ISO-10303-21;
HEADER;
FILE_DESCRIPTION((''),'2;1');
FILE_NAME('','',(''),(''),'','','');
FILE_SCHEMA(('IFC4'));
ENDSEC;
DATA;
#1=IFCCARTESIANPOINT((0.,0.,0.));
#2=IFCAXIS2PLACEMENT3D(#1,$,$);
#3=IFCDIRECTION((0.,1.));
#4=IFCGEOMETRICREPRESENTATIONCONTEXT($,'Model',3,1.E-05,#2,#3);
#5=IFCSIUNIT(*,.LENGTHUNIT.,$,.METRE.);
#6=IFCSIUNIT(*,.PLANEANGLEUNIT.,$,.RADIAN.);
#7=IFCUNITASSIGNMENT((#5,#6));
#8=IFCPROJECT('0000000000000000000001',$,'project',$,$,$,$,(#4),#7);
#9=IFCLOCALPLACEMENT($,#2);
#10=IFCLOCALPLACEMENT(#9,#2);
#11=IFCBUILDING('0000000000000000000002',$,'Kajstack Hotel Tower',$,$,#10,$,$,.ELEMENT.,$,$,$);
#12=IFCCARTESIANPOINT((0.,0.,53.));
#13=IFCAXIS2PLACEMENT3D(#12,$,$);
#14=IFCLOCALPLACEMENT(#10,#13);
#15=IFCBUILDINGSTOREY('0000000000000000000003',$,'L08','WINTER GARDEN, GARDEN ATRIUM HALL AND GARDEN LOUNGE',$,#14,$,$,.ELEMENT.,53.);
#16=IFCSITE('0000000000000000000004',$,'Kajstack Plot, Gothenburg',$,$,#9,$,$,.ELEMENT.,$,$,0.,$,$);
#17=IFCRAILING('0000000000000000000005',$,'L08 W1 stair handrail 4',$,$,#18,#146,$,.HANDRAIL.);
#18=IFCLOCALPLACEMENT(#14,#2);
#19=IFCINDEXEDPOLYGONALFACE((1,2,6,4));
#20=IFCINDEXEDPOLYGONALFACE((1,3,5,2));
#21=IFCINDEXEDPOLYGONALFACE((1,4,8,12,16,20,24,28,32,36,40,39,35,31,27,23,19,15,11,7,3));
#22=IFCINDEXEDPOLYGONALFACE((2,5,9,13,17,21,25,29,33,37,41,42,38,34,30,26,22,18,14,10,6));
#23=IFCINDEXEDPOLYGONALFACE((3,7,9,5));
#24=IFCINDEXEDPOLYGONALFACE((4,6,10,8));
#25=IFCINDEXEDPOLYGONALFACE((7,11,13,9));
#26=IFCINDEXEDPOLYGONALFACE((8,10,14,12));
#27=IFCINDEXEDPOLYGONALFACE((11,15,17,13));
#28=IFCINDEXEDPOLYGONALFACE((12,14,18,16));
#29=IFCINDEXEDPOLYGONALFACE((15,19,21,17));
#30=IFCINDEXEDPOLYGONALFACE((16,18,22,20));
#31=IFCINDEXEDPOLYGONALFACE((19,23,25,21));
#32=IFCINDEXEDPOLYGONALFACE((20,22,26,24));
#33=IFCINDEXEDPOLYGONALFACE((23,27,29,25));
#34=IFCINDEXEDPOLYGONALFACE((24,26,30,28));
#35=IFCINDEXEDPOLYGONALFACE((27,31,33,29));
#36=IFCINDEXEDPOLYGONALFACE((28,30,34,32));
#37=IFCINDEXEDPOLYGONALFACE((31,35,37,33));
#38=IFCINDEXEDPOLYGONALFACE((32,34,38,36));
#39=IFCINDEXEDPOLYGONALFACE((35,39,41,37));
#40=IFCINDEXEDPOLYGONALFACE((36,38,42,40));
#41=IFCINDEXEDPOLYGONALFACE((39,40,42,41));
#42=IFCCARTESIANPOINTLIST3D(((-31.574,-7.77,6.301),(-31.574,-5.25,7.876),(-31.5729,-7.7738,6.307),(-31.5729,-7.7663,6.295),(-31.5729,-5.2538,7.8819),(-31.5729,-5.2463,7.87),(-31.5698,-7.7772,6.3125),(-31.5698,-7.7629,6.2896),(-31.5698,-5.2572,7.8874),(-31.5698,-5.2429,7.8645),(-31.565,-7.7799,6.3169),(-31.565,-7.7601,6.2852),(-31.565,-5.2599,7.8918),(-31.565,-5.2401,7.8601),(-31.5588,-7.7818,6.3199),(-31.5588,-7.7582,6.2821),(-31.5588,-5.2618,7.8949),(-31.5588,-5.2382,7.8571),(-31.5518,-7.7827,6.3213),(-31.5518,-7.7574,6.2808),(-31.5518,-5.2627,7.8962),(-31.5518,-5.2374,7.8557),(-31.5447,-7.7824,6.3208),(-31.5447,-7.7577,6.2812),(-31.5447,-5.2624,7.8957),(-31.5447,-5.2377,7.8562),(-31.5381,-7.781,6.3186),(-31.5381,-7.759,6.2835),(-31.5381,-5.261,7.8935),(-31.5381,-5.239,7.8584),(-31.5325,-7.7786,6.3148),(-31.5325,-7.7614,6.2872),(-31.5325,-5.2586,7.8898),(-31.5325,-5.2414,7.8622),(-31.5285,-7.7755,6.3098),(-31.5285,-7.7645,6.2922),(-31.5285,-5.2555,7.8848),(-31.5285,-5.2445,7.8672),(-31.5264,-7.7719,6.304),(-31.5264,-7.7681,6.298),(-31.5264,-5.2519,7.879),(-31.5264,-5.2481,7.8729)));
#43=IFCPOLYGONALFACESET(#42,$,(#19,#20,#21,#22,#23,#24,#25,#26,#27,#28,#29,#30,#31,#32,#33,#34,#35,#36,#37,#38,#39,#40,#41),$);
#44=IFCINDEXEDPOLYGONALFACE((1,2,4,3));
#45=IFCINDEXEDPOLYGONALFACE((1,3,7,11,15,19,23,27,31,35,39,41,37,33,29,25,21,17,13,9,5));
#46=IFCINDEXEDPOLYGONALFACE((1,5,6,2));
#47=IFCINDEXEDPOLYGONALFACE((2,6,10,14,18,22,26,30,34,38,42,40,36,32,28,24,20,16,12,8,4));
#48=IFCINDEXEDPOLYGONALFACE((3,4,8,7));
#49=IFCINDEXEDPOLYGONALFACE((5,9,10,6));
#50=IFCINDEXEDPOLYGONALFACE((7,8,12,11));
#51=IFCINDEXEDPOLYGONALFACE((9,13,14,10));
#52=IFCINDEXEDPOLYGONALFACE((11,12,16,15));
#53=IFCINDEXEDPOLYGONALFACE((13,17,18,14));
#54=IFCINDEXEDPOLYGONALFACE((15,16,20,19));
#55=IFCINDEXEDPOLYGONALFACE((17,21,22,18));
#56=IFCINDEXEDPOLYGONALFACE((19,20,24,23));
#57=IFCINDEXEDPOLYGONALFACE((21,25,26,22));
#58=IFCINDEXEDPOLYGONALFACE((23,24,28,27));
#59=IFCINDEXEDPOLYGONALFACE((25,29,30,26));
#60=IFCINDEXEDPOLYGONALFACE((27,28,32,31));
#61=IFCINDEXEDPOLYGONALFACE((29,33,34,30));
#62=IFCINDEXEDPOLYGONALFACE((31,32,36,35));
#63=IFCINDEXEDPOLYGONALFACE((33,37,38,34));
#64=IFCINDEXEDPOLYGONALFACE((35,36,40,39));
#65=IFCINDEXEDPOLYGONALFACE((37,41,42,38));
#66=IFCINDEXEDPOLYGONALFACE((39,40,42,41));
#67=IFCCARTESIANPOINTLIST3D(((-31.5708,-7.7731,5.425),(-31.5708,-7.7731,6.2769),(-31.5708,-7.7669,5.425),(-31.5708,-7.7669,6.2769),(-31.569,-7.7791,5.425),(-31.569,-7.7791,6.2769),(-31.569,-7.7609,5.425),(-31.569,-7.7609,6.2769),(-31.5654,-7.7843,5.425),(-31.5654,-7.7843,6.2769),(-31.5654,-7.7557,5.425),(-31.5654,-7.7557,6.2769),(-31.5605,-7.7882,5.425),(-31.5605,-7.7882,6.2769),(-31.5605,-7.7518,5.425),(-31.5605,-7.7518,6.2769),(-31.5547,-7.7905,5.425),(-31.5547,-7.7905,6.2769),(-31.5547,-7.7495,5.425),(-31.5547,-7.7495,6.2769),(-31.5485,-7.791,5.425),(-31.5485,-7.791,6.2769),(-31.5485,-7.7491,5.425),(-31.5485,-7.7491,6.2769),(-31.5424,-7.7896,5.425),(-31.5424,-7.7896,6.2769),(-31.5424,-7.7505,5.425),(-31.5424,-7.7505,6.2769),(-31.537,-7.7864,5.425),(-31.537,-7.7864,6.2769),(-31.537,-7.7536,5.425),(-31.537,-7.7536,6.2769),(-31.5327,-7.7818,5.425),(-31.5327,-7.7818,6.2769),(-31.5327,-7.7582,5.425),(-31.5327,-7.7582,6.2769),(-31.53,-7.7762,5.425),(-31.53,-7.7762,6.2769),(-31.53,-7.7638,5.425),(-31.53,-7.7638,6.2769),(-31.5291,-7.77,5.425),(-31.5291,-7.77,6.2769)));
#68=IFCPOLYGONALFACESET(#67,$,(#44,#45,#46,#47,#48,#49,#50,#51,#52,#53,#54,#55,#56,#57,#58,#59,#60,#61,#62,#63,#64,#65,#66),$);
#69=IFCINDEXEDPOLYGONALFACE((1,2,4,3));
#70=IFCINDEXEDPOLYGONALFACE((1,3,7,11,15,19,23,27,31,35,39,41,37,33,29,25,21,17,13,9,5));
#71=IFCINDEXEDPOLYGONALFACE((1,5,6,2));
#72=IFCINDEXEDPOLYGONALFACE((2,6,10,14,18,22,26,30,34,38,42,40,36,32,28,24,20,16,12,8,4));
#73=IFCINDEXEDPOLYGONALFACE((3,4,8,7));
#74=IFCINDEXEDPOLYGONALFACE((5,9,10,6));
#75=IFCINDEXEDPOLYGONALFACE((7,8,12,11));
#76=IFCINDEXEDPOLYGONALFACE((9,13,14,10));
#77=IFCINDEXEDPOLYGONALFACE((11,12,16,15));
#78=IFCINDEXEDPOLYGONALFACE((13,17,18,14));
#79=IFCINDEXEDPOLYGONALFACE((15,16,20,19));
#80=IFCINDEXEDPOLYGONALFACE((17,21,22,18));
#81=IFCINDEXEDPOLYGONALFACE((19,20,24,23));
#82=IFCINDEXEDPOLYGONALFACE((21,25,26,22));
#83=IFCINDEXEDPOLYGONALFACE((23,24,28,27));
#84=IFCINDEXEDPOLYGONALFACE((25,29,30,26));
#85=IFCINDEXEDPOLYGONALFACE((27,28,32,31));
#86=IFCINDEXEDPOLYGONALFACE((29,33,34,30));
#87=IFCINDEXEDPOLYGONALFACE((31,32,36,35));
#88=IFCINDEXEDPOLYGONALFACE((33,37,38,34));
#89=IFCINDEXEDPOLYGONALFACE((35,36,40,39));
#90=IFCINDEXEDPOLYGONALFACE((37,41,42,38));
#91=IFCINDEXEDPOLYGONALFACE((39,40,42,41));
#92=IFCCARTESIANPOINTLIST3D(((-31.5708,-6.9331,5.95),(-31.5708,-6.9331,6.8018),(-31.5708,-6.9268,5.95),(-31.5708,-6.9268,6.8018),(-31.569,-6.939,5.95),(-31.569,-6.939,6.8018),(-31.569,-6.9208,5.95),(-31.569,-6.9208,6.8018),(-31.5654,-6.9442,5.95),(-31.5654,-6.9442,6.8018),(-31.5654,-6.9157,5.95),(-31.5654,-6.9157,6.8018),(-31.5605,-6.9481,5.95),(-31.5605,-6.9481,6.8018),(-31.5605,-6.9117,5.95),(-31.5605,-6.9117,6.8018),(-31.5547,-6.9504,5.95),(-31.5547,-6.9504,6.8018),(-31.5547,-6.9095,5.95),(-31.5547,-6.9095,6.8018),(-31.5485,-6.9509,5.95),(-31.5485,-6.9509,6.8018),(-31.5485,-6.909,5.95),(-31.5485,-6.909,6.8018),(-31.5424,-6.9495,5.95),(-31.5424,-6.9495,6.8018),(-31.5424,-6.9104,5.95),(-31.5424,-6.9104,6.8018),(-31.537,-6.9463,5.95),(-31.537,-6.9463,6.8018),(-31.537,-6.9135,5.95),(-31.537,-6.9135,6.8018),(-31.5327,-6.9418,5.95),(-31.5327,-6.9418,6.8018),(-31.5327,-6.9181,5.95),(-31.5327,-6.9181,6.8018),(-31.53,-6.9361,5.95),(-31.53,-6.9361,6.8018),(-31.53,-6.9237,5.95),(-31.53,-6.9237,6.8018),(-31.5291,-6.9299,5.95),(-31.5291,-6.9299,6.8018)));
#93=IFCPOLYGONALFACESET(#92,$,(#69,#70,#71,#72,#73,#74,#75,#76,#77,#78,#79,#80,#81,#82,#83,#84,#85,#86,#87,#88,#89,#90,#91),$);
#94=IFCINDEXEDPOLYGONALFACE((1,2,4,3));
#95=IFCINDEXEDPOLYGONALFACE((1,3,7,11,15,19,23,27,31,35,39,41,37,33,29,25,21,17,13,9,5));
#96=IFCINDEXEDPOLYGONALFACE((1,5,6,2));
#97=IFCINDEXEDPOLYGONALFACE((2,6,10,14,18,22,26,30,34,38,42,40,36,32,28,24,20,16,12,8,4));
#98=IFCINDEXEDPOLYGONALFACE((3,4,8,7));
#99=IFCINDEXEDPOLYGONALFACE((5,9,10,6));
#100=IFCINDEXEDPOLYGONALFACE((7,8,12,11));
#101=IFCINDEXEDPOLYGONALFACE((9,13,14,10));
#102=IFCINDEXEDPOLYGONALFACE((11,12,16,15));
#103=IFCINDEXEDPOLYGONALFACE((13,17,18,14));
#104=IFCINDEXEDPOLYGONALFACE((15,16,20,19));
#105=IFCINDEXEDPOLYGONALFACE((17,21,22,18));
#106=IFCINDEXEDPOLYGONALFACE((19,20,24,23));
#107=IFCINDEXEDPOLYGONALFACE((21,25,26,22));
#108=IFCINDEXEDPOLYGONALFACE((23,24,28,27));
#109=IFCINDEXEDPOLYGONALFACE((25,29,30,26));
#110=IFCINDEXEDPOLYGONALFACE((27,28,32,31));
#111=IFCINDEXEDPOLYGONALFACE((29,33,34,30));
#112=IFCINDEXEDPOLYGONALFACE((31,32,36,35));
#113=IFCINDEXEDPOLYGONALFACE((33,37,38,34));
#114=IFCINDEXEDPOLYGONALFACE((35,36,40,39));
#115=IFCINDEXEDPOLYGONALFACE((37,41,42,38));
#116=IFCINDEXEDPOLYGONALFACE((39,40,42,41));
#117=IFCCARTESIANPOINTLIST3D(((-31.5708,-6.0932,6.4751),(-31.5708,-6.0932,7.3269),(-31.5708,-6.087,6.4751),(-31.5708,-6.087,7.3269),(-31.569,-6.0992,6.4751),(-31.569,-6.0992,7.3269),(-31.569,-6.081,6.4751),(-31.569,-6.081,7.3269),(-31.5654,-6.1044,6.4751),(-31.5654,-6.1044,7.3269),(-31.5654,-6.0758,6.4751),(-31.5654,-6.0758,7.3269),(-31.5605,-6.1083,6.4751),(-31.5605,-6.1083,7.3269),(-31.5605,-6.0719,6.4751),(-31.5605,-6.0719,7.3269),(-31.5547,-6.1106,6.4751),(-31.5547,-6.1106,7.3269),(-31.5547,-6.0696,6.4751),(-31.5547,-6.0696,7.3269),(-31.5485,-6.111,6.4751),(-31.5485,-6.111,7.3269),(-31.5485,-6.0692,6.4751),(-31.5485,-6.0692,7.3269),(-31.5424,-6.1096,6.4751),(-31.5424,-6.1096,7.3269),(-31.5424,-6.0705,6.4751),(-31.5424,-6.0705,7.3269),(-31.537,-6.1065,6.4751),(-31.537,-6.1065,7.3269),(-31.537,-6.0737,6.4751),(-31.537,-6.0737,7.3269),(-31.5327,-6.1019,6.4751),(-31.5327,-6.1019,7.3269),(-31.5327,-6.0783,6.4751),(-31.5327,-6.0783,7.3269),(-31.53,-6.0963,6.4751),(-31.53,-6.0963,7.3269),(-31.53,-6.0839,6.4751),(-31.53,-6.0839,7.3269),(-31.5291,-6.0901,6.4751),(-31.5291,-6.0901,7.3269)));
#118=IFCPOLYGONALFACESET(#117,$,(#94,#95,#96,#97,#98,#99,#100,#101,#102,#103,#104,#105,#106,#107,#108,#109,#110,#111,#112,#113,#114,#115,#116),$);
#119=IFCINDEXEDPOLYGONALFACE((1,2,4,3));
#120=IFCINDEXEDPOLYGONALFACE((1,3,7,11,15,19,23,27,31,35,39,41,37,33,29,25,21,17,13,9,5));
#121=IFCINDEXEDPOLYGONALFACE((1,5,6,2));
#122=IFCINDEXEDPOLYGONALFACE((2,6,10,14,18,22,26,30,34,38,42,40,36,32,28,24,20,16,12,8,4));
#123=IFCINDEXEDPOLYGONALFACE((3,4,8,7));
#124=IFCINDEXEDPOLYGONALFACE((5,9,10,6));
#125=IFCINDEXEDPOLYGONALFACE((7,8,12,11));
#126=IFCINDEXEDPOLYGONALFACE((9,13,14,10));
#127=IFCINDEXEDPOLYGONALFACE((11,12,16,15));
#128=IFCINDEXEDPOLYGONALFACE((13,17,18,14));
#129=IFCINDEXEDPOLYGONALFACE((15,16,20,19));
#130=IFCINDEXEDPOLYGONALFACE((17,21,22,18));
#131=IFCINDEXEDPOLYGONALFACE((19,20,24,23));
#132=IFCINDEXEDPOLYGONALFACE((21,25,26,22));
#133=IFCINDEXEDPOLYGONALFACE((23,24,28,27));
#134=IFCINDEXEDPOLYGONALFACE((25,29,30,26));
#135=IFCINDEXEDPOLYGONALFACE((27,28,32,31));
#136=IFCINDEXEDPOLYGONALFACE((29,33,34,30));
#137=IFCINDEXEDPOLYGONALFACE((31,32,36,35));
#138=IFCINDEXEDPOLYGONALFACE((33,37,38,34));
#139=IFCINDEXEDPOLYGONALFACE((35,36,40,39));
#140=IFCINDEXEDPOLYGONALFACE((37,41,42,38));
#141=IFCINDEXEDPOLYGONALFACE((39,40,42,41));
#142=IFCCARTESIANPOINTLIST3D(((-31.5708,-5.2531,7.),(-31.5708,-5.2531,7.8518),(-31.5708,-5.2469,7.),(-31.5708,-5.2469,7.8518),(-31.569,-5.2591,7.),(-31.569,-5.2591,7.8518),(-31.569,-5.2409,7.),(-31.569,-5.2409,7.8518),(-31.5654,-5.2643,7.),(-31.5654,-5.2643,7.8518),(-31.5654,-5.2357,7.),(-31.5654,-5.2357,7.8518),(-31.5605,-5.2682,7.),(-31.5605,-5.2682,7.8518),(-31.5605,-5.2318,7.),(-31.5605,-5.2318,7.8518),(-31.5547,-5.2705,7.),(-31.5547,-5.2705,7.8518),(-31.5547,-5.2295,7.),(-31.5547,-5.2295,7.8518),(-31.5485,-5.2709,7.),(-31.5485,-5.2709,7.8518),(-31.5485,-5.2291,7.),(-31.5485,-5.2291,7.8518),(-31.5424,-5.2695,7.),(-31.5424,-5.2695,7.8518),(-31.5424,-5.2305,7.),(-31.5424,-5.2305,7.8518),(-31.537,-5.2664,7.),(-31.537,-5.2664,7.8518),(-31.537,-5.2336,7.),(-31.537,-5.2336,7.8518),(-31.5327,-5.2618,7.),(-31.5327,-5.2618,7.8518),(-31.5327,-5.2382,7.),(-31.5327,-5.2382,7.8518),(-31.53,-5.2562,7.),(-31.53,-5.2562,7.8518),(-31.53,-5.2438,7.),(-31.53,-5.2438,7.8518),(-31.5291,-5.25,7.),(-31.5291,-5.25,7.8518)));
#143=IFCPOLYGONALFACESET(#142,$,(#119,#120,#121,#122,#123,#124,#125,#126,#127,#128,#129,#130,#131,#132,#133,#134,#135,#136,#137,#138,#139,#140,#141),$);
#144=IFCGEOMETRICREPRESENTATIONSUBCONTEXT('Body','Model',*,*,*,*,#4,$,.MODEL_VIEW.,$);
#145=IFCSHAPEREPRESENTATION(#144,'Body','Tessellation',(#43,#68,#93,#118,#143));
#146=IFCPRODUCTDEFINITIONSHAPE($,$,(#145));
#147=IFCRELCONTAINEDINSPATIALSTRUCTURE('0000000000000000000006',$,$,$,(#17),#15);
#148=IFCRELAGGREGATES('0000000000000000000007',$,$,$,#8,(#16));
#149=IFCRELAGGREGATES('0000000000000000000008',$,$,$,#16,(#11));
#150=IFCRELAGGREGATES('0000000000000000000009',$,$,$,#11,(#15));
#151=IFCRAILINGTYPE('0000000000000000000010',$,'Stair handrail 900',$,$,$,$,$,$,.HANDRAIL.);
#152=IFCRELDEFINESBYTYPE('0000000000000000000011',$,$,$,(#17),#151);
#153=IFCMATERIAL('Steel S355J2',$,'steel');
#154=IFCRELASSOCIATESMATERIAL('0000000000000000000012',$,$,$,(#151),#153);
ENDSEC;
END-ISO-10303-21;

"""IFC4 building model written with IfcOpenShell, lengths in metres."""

from ifc_helpers import new_model, si_unit, direction, frame, origin, origin_2d, place, context, subcontext, project, spatial, circle, extrude, material, type_object, element, save


model = new_model("IFC4")

# Units and contexts
model_context = context("Model", 3, precision=1e-05, world=origin(), true_north=direction((0.0, 1.0)))
body_context = subcontext(model_context, "Body", "Model", "MODEL_VIEW")
ifc_project = project(units=[si_unit("LENGTHUNIT", "METRE"), si_unit("PLANEANGLEUNIT", "RADIAN")], contexts=[model_context])

# Site, building, storey
site_placement = place(None, origin())
site = spatial("IfcSite", under=ifc_project, at=site_placement, Name="Kajstack Plot, Gothenburg", CompositionType="ELEMENT", RefElevation=0.0)
building_placement = place(site_placement, origin())
building = spatial("IfcBuilding", under=site, at=building_placement, Name="Kajstack Hotel Tower", CompositionType="ELEMENT")
storey_placement = place(building_placement, frame((0.0, 0.0, 53.0)))
storey = spatial("IfcBuildingStorey", under=building, at=storey_placement, Name="L08", Description="WINTER GARDEN, GARDEN ATRIUM HALL AND GARDEN LOUNGE", CompositionType="ELEMENT", Elevation=53.0)

# Railing
ifc_material_1 = material(Name="Steel S355J2", Category="steel")
railing_type_1 = type_object("IfcRailingType", Name="Stair handrail 900", PredefinedType="HANDRAIL", material=ifc_material_1)
for number, where, name in (
    (1, (-31.55, -7.77, 5.425), "L08 W1 stair handrail 4"),
):
    element("IfcRailing", number, at=place(storey_placement, frame(where)), inside=storey, type_object=railing_type_1, Name=name, PredefinedType="HANDRAIL", context=body_context, shape_type="SweptSolid", body=[
        extrude(circle(Radius=0.0239, at=origin_2d()), frame((0.0, 0.0, 0.876), z_axis=(0.0, 0.848008, 0.529984), x_axis=(-1.0, 0.0, 0.0)), (0.0, 0.0, 1.0), 2.9717),
        extrude(circle(Radius=0.021, at=origin_2d()), origin(), (0.0, 0.0, 1.0), 0.8518),
        extrude(circle(Radius=0.021, at=origin_2d()), frame((0.0, 0.8401, 0.5249)), (0.0, 0.0, 1.0), 0.8518),
        extrude(circle(Radius=0.021, at=origin_2d()), frame((0.0, 1.6799, 1.05)), (0.0, 0.0, 1.0), 0.8518),
        extrude(circle(Radius=0.021, at=origin_2d()), frame((0.0, 2.52, 1.575)), (0.0, 0.0, 1.0), 0.8518),
    ])

save(model, "model.ifc")
